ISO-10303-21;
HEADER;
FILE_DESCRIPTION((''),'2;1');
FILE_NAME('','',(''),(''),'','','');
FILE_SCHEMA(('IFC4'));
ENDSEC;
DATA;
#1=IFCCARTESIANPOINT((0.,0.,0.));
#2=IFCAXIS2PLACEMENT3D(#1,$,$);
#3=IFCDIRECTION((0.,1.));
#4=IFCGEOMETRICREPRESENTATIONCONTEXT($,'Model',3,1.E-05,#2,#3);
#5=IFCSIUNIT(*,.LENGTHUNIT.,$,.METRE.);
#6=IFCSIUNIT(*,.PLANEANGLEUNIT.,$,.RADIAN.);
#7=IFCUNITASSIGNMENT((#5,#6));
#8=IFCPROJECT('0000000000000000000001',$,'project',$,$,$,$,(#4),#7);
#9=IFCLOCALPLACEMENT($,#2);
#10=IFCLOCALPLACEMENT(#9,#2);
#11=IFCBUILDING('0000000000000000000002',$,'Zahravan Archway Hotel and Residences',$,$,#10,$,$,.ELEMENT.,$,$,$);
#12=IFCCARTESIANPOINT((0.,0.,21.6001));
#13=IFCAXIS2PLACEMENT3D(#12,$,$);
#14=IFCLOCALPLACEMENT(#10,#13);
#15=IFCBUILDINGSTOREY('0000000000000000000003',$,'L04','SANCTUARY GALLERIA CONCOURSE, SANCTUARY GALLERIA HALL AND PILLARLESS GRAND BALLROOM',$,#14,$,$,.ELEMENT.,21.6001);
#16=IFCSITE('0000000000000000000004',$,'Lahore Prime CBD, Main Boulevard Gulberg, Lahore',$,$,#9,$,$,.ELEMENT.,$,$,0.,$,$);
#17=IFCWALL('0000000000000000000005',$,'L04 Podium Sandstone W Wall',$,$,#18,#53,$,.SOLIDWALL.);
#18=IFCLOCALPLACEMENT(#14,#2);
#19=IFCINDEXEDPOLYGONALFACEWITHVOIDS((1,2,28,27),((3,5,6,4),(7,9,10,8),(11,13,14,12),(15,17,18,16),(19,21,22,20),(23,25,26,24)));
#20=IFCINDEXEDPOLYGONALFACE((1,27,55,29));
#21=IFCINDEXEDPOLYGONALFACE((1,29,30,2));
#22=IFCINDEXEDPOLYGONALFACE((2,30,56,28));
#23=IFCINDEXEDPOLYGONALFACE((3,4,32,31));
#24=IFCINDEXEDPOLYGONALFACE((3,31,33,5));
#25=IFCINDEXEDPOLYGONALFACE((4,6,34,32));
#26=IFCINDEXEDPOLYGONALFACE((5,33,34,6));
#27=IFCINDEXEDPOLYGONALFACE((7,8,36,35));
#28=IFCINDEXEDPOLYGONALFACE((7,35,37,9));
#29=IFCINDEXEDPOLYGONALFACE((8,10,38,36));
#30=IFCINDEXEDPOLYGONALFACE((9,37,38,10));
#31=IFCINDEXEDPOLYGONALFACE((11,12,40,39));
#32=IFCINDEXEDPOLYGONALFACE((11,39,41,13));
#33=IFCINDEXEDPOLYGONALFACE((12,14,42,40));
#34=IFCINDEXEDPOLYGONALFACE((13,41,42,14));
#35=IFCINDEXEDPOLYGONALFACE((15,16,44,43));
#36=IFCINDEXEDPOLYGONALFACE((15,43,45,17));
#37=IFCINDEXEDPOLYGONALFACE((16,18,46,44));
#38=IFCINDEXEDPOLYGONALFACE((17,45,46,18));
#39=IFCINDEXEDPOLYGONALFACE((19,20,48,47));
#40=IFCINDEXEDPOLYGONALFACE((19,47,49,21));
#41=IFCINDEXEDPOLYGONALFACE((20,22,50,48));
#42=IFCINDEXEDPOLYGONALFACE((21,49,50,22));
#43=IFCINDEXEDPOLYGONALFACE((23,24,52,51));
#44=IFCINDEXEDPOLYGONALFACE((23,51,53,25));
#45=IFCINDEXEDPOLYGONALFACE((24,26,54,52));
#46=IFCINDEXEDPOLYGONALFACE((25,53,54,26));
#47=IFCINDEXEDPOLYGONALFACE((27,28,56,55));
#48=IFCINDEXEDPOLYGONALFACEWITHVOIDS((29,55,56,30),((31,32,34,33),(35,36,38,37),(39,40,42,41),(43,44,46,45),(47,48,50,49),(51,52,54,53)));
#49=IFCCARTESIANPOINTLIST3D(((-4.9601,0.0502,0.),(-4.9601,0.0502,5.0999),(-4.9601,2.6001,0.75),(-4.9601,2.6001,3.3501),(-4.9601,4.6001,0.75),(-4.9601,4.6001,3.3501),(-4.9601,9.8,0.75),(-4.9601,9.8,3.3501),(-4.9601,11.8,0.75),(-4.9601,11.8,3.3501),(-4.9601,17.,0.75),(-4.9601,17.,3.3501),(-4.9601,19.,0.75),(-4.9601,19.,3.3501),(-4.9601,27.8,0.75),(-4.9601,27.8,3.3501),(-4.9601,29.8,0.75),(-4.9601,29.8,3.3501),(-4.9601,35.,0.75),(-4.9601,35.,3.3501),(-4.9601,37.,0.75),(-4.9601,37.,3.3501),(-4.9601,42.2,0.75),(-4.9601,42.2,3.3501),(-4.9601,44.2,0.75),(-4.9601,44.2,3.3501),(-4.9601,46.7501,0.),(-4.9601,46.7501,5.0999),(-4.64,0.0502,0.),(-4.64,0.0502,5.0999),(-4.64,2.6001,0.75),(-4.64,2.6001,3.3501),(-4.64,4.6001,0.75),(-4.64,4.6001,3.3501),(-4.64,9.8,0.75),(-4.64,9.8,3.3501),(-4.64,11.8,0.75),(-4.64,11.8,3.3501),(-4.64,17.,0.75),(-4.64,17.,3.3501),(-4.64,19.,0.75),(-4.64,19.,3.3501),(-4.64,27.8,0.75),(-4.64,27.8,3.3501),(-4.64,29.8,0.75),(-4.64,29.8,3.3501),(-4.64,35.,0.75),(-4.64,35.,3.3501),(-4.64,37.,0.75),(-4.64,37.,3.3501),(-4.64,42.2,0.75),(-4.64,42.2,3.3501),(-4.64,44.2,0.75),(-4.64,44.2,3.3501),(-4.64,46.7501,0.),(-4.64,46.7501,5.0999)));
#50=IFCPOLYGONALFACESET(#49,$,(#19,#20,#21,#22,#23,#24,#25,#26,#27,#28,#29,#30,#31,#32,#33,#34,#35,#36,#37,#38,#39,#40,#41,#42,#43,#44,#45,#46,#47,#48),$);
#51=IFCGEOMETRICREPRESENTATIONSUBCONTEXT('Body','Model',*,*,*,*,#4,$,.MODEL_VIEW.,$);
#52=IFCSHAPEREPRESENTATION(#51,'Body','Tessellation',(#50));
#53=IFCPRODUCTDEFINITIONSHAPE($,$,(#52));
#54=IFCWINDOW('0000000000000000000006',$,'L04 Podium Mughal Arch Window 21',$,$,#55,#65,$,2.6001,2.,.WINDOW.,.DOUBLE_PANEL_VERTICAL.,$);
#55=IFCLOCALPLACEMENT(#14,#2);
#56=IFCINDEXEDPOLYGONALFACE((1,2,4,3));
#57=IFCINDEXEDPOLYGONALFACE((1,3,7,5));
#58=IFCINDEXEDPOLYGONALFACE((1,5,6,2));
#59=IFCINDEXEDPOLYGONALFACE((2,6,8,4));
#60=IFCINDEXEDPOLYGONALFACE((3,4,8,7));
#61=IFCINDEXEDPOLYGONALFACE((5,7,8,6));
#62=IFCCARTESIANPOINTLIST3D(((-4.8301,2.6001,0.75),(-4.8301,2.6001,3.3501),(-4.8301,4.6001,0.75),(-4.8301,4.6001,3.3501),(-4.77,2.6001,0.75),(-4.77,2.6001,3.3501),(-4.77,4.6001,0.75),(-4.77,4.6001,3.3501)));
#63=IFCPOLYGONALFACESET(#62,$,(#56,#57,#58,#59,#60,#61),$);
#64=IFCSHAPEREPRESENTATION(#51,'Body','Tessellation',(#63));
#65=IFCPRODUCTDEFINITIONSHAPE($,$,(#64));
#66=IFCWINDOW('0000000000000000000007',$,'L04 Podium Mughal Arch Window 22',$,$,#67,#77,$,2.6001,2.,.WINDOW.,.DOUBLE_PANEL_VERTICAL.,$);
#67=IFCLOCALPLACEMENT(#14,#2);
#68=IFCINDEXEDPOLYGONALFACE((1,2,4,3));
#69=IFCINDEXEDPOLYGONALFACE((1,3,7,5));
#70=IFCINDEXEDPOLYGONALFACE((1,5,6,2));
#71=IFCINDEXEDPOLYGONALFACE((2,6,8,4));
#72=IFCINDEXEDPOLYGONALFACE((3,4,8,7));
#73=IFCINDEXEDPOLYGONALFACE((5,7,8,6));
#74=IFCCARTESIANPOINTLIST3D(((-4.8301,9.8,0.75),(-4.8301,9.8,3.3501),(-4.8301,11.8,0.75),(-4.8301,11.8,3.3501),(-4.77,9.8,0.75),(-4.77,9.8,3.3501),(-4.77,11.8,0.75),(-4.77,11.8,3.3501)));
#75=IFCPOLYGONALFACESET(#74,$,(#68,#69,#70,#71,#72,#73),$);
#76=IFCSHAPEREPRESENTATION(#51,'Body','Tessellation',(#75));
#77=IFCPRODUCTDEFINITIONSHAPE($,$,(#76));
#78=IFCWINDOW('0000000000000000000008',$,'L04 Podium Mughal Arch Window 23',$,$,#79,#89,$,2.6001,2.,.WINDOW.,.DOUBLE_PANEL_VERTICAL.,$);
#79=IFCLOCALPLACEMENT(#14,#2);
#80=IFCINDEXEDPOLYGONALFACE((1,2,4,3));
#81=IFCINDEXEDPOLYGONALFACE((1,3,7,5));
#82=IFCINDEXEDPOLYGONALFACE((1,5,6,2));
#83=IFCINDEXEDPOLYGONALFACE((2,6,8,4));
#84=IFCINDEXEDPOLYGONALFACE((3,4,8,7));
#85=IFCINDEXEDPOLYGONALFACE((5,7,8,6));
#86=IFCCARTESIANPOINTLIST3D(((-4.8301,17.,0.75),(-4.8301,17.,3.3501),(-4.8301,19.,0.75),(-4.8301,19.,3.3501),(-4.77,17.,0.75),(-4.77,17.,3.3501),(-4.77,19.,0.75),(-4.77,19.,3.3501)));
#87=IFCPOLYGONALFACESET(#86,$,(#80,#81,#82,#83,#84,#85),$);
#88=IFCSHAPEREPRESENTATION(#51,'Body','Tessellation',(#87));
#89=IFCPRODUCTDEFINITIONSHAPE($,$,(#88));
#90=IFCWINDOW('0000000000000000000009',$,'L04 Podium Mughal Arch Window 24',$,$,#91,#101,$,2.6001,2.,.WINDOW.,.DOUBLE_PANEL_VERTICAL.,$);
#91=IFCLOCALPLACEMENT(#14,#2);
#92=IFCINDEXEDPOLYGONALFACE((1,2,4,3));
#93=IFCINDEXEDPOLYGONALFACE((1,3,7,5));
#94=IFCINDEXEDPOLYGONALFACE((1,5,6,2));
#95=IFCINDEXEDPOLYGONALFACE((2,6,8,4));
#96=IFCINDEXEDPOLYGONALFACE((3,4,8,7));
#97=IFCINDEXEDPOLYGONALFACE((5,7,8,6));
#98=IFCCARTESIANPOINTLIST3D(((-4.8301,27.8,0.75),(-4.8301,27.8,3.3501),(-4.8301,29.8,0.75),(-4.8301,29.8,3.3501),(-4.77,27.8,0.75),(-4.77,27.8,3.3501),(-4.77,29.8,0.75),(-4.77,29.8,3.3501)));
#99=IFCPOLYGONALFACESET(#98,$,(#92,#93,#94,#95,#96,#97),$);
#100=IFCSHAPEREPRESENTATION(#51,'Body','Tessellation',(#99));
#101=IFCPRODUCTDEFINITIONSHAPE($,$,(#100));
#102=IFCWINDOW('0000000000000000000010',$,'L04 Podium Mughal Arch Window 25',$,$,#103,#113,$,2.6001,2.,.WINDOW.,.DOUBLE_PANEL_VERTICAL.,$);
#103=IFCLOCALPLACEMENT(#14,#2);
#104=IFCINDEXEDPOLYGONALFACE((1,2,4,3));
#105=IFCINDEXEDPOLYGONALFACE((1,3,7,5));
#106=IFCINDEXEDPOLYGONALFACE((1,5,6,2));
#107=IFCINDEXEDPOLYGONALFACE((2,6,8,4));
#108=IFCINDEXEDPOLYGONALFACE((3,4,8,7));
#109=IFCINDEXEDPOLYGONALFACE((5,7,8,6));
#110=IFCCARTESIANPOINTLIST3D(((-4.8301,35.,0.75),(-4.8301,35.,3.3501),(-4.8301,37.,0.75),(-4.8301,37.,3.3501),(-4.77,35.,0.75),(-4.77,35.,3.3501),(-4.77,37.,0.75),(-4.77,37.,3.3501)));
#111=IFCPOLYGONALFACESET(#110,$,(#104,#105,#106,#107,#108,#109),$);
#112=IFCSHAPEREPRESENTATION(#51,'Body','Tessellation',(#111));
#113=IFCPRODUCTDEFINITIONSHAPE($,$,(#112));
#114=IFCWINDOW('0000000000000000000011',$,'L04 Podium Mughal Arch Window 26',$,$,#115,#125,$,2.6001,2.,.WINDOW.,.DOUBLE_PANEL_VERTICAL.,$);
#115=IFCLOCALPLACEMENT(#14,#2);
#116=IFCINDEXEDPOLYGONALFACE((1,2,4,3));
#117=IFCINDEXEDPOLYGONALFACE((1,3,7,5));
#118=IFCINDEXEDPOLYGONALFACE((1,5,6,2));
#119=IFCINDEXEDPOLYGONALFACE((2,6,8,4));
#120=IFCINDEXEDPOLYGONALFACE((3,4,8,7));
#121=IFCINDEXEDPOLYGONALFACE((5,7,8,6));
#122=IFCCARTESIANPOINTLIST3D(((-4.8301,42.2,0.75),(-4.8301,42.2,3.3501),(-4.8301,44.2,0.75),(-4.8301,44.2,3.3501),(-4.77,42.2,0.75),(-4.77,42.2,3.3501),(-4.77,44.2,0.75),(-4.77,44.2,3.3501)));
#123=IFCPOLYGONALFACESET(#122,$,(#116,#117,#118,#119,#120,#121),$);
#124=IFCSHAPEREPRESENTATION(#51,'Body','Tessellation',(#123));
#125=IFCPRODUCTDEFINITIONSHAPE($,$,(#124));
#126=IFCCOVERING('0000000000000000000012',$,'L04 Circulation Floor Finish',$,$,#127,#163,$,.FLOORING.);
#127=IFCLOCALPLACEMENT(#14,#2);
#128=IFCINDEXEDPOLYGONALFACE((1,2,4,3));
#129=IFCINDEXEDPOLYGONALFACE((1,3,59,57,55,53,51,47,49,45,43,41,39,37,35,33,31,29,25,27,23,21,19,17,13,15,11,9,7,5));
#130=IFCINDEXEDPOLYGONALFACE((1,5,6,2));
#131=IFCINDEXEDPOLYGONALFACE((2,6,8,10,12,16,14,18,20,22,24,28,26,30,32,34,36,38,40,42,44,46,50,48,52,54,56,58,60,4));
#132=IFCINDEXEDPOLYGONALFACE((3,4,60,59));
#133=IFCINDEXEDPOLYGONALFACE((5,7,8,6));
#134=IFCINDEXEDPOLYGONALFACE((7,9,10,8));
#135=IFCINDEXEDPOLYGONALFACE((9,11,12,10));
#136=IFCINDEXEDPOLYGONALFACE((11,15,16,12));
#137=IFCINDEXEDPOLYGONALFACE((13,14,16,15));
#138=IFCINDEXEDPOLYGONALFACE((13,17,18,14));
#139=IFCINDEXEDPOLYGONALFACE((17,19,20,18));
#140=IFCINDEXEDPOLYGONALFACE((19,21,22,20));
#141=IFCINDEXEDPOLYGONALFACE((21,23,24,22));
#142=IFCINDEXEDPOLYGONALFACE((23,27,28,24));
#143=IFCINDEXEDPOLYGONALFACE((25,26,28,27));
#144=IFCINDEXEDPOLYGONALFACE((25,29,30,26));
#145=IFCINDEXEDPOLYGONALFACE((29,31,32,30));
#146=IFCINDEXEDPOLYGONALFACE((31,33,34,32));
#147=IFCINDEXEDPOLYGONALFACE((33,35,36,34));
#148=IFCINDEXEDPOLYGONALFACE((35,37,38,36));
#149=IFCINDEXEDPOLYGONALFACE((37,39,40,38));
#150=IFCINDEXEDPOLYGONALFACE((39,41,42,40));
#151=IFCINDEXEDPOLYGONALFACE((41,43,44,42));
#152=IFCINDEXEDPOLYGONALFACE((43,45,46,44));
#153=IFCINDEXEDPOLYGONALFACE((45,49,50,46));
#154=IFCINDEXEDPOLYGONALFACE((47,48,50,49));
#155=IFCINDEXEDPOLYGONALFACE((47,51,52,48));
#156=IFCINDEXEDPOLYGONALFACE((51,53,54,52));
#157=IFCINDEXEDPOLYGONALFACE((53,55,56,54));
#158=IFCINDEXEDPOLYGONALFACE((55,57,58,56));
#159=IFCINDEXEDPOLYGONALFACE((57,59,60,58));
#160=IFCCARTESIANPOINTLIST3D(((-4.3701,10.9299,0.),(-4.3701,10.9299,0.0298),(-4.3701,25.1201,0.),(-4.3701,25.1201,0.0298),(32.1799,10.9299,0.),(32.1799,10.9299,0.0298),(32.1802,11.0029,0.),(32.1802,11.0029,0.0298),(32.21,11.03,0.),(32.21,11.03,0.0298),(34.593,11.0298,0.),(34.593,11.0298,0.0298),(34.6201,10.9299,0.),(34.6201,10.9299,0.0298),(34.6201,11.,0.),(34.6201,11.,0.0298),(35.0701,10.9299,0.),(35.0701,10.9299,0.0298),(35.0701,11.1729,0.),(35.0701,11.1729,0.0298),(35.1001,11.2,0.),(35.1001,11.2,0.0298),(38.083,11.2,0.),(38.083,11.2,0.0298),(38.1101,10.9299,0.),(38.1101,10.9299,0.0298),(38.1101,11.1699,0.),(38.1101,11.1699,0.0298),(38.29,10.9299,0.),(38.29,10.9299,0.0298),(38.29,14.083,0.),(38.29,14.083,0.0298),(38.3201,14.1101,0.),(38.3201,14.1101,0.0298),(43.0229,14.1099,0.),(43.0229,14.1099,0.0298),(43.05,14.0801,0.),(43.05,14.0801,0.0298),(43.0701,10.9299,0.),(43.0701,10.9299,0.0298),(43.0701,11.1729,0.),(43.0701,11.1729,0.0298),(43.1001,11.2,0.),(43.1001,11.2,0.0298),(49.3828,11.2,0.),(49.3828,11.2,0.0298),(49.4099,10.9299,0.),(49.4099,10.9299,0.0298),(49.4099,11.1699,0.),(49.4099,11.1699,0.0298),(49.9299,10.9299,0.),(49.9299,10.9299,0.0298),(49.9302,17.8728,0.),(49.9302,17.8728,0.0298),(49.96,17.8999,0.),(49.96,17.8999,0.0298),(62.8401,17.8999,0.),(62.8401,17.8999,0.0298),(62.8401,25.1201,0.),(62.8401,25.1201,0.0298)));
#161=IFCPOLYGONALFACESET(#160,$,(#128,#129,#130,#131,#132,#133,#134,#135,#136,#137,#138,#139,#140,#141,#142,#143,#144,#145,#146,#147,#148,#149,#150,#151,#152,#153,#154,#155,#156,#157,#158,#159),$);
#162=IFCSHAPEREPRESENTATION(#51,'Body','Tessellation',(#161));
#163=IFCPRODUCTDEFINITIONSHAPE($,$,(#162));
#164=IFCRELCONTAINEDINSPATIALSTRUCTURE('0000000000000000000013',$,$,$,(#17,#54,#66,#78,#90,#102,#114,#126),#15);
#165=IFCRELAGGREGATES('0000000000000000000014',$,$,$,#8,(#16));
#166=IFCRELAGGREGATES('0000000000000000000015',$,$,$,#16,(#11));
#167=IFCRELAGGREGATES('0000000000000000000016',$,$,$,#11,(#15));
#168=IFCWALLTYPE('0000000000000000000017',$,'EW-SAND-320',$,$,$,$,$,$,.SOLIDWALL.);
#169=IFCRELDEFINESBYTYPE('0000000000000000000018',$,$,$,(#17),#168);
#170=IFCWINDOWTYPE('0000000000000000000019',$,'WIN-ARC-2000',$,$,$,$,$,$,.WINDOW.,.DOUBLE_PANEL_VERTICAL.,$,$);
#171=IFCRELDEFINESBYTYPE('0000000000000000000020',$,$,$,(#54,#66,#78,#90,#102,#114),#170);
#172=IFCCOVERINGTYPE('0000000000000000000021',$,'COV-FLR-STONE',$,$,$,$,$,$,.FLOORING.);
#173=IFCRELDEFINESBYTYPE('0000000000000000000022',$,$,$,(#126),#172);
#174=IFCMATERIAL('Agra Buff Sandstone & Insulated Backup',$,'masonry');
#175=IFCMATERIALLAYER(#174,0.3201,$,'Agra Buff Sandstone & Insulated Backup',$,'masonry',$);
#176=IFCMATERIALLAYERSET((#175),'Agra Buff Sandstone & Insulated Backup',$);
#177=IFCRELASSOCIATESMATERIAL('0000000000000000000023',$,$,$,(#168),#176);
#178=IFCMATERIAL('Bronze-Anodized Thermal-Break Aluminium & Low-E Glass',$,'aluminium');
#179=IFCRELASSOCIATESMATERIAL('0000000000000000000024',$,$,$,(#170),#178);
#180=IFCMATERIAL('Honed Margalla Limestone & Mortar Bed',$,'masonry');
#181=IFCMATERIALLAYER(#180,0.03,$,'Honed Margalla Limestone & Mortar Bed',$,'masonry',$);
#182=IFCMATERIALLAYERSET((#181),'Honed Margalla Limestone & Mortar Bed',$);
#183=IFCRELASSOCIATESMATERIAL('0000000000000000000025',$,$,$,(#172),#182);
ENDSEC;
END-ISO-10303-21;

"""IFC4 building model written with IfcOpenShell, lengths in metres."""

from ifc_helpers import new_model, si_unit, direction, frame, frame_2d, origin, place, context, subcontext, project, spatial, polyline, rectangle, outline, extrude, source, transform, mapped, material, layer, layer_set, type_object, type_shapes, element, fill, save


model = new_model("IFC4")

# Units and contexts
model_context = context("Model", 3, precision=1e-05, world=origin(), true_north=direction((0.0, 1.0)))
body_context = subcontext(model_context, "Body", "Model", "MODEL_VIEW")
ifc_project = project(units=[si_unit("LENGTHUNIT", "METRE"), si_unit("PLANEANGLEUNIT", "RADIAN")], contexts=[model_context])

# Site, building, storey
site_placement = place(None, origin())
site = spatial("IfcSite", under=ifc_project, at=site_placement, Name="Lahore Prime CBD, Main Boulevard Gulberg, Lahore", CompositionType="ELEMENT", RefElevation=0.0)
building_placement = place(site_placement, origin())
building = spatial("IfcBuilding", under=site, at=building_placement, Name="Zahravan Archway Hotel and Residences", CompositionType="ELEMENT")
storey_placement = place(building_placement, frame((0.0, 0.0, 21.6001)))
storey = spatial("IfcBuildingStorey", under=building, at=storey_placement, Name="L04", Description="SANCTUARY GALLERIA CONCOURSE, SANCTUARY GALLERIA HALL AND PILLARLESS GRAND BALLROOM", CompositionType="ELEMENT", Elevation=21.6001)

# Wall, openings, windows
ifc_material_1 = material(Name="Agra Buff Sandstone & Insulated Backup", Category="masonry")
ifc_layer_1 = layer(ifc_material_1, 0.3201, Name="Agra Buff Sandstone & Insulated Backup", Category="masonry")
ifc_layer_set_1 = layer_set([ifc_layer_1], Name="Agra Buff Sandstone & Insulated Backup")
wall_type = type_object("IfcWallType", Name="EW-SAND-320", PredefinedType="SOLIDWALL", material=ifc_layer_set_1)
wall_placement = place(storey_placement, frame((-4.8, 0.05, 0.0), z_axis=(0.0, 0.0, 1.0), x_axis=(0.0, 1.0, 0.0)))
wall = element("IfcWall", 1, at=wall_placement, inside=storey, type_object=wall_type, Name="L04 Podium Sandstone W Wall", PredefinedType="SOLIDWALL", context=body_context, shape_type="SweptSolid", body=[
    extrude(rectangle(XDim=46.7, YDim=0.3201, at=frame_2d((23.3501, 0.0))), origin(), (0.0, 0.0, 1.0), 5.0999),
])
opening_1_placement = place(wall_placement, frame((2.55, 0.0, 0.75)))
opening_1 = element("IfcOpeningElement", 2, at=opening_1_placement, cuts=wall, PredefinedType="OPENING", context=body_context, shape_type="SweptSolid", body=[
    extrude(rectangle(XDim=2.0, YDim=2.6001, at=frame_2d((1.0, 1.3))), frame((0.0, 0.1699, 0.0), z_axis=(0.0, -1.0, 0.0), x_axis=(1.0, 0.0, 0.0)), (0.0, 0.0, 1.0), 0.3401),
])
opening_2_placement = place(wall_placement, frame((9.75, 0.0, 0.75)))
opening_2 = element("IfcOpeningElement", 3, at=opening_2_placement, cuts=wall, PredefinedType="OPENING", context=body_context, shape_type="SweptSolid", body=[
    extrude(rectangle(XDim=2.0, YDim=2.6001, at=frame_2d((1.0, 1.3))), frame((0.0, 0.1699, 0.0), z_axis=(0.0, -1.0, 0.0), x_axis=(1.0, 0.0, 0.0)), (0.0, 0.0, 1.0), 0.3401),
])
opening_3_placement = place(wall_placement, frame((16.95, 0.0, 0.75)))
opening_3 = element("IfcOpeningElement", 4, at=opening_3_placement, cuts=wall, PredefinedType="OPENING", context=body_context, shape_type="SweptSolid", body=[
    extrude(rectangle(XDim=2.0, YDim=2.6001, at=frame_2d((1.0, 1.3))), frame((0.0, 0.1699, 0.0), z_axis=(0.0, -1.0, 0.0), x_axis=(1.0, 0.0, 0.0)), (0.0, 0.0, 1.0), 0.3401),
])
opening_4_placement = place(wall_placement, frame((27.75, 0.0, 0.75)))
opening_4 = element("IfcOpeningElement", 5, at=opening_4_placement, cuts=wall, PredefinedType="OPENING", context=body_context, shape_type="SweptSolid", body=[
    extrude(rectangle(XDim=2.0, YDim=2.6001, at=frame_2d((1.0, 1.3))), frame((0.0, 0.1699, 0.0), z_axis=(0.0, -1.0, 0.0), x_axis=(1.0, 0.0, 0.0)), (0.0, 0.0, 1.0), 0.3401),
])
opening_5_placement = place(wall_placement, frame((34.95, 0.0, 0.75)))
opening_5 = element("IfcOpeningElement", 6, at=opening_5_placement, cuts=wall, PredefinedType="OPENING", context=body_context, shape_type="SweptSolid", body=[
    extrude(rectangle(XDim=2.0, YDim=2.6001, at=frame_2d((1.0, 1.3))), frame((0.0, 0.1699, 0.0), z_axis=(0.0, -1.0, 0.0), x_axis=(1.0, 0.0, 0.0)), (0.0, 0.0, 1.0), 0.3401),
])
opening_6_placement = place(wall_placement, frame((42.1499, 0.0, 0.75)))
opening_6 = element("IfcOpeningElement", 7, at=opening_6_placement, cuts=wall, PredefinedType="OPENING", context=body_context, shape_type="SweptSolid", body=[
    extrude(rectangle(XDim=2.0, YDim=2.6001, at=frame_2d((1.0, 1.3))), frame((0.0, 0.1699, 0.0), z_axis=(0.0, -1.0, 0.0), x_axis=(1.0, 0.0, 0.0)), (0.0, 0.0, 1.0), 0.3401),
])
ifc_material_2 = material(Name="Bronze-Anodized Thermal-Break Aluminium & Low-E Glass", Category="aluminium")
window_type = type_object("IfcWindowType", Name="WIN-ARC-2000", PartitioningType="DOUBLE_PANEL_VERTICAL", PredefinedType="WINDOW", material=ifc_material_2)
shared_shape_1 = source(origin(), body_context, "Body", "SweptSolid", [
    extrude(rectangle(XDim=2.0, YDim=2.6001, at=frame_2d((1.0, 1.3))), frame((0.0, 0.03, 0.0), z_axis=(0.0, -1.0, 0.0), x_axis=(1.0, 0.0, 0.0)), (0.0, 0.0, 1.0), 0.0601),
])
type_shapes(window_type, [shared_shape_1])
window_1_placement = place(opening_1_placement, origin())
window_1 = element("IfcWindow", 8, at=window_1_placement, inside=storey, type_object=window_type, Name="L04 Podium Mughal Arch Window 21", OverallHeight=2.6001, OverallWidth=2.0, PartitioningType="DOUBLE_PANEL_VERTICAL", PredefinedType="WINDOW", context=body_context, shape_type="MappedRepresentation", body=[
    mapped(shared_shape_1, transform((0.0, 0.0, 0.0), scale=1.0)),
])
fill(opening_1, window_1)
window_2_placement = place(opening_2_placement, origin())
window_2 = element("IfcWindow", 9, at=window_2_placement, inside=storey, type_object=window_type, Name="L04 Podium Mughal Arch Window 22", OverallHeight=2.6001, OverallWidth=2.0, PartitioningType="DOUBLE_PANEL_VERTICAL", PredefinedType="WINDOW", context=body_context, shape_type="MappedRepresentation", body=[
    mapped(shared_shape_1, transform((0.0, 0.0, 0.0), scale=1.0)),
])
fill(opening_2, window_2)
window_3_placement = place(opening_3_placement, origin())
window_3 = element("IfcWindow", 10, at=window_3_placement, inside=storey, type_object=window_type, Name="L04 Podium Mughal Arch Window 23", OverallHeight=2.6001, OverallWidth=2.0, PartitioningType="DOUBLE_PANEL_VERTICAL", PredefinedType="WINDOW", context=body_context, shape_type="MappedRepresentation", body=[
    mapped(shared_shape_1, transform((0.0, 0.0, 0.0), scale=1.0)),
])
fill(opening_3, window_3)
window_4_placement = place(opening_4_placement, origin())
window_4 = element("IfcWindow", 11, at=window_4_placement, inside=storey, type_object=window_type, Name="L04 Podium Mughal Arch Window 24", OverallHeight=2.6001, OverallWidth=2.0, PartitioningType="DOUBLE_PANEL_VERTICAL", PredefinedType="WINDOW", context=body_context, shape_type="MappedRepresentation", body=[
    mapped(shared_shape_1, transform((0.0, 0.0, 0.0), scale=1.0)),
])
fill(opening_4, window_4)
window_5_placement = place(opening_5_placement, origin())
window_5 = element("IfcWindow", 12, at=window_5_placement, inside=storey, type_object=window_type, Name="L04 Podium Mughal Arch Window 25", OverallHeight=2.6001, OverallWidth=2.0, PartitioningType="DOUBLE_PANEL_VERTICAL", PredefinedType="WINDOW", context=body_context, shape_type="MappedRepresentation", body=[
    mapped(shared_shape_1, transform((0.0, 0.0, 0.0), scale=1.0)),
])
fill(opening_5, window_5)
window_6_placement = place(opening_6_placement, origin())
window_6 = element("IfcWindow", 13, at=window_6_placement, inside=storey, type_object=window_type, Name="L04 Podium Mughal Arch Window 26", OverallHeight=2.6001, OverallWidth=2.0, PartitioningType="DOUBLE_PANEL_VERTICAL", PredefinedType="WINDOW", context=body_context, shape_type="MappedRepresentation", body=[
    mapped(shared_shape_1, transform((0.0, 0.0, 0.0), scale=1.0)),
])
fill(opening_6, window_6)

# Covering
ifc_material_3 = material(Name="Honed Margalla Limestone & Mortar Bed", Category="masonry")
ifc_layer_2 = layer(ifc_material_3, 0.03, Name="Honed Margalla Limestone & Mortar Bed", Category="masonry")
ifc_layer_set_2 = layer_set([ifc_layer_2], Name="Honed Margalla Limestone & Mortar Bed")
covering_type = type_object("IfcCoveringType", Name="COV-FLR-STONE", PredefinedType="FLOORING", material=ifc_layer_set_2)
covering_placement = place(storey_placement, origin())
element("IfcCovering", 14, at=covering_placement, inside=storey, type_object=covering_type, Name="L04 Circulation Floor Finish", PredefinedType="FLOORING", context=body_context, shape_type="SweptSolid", body=[
    extrude(outline(polyline([(-4.3701, 25.1201), (62.8401, 25.1201), (62.8401, 17.8999), (49.96, 17.8999), (49.9302, 17.8728), (49.9299, 10.9299), (49.4099, 10.9299), (49.4099, 11.1699), (49.3828, 11.2), (43.1001, 11.2), (43.0701, 11.1729), (43.0701, 10.9299), (43.05, 14.0801), (43.0229, 14.1099), (38.3201, 14.1101), (38.29, 14.083), (38.29, 10.9299), (38.1101, 10.9299), (38.1101, 11.1699), (38.083, 11.2), (35.1001, 11.2), (35.0701, 11.1729), (35.0701, 10.9299), (34.6201, 10.9299), (34.6201, 11.0), (34.593, 11.0298), (32.21, 11.03), (32.1802, 11.0029), (32.1799, 10.9299), (-4.3701, 10.9299), (-4.3701, 25.1201)])), origin(), (0.0, 0.0, 1.0), 0.0298),
])

save(model, "model.ifc")
